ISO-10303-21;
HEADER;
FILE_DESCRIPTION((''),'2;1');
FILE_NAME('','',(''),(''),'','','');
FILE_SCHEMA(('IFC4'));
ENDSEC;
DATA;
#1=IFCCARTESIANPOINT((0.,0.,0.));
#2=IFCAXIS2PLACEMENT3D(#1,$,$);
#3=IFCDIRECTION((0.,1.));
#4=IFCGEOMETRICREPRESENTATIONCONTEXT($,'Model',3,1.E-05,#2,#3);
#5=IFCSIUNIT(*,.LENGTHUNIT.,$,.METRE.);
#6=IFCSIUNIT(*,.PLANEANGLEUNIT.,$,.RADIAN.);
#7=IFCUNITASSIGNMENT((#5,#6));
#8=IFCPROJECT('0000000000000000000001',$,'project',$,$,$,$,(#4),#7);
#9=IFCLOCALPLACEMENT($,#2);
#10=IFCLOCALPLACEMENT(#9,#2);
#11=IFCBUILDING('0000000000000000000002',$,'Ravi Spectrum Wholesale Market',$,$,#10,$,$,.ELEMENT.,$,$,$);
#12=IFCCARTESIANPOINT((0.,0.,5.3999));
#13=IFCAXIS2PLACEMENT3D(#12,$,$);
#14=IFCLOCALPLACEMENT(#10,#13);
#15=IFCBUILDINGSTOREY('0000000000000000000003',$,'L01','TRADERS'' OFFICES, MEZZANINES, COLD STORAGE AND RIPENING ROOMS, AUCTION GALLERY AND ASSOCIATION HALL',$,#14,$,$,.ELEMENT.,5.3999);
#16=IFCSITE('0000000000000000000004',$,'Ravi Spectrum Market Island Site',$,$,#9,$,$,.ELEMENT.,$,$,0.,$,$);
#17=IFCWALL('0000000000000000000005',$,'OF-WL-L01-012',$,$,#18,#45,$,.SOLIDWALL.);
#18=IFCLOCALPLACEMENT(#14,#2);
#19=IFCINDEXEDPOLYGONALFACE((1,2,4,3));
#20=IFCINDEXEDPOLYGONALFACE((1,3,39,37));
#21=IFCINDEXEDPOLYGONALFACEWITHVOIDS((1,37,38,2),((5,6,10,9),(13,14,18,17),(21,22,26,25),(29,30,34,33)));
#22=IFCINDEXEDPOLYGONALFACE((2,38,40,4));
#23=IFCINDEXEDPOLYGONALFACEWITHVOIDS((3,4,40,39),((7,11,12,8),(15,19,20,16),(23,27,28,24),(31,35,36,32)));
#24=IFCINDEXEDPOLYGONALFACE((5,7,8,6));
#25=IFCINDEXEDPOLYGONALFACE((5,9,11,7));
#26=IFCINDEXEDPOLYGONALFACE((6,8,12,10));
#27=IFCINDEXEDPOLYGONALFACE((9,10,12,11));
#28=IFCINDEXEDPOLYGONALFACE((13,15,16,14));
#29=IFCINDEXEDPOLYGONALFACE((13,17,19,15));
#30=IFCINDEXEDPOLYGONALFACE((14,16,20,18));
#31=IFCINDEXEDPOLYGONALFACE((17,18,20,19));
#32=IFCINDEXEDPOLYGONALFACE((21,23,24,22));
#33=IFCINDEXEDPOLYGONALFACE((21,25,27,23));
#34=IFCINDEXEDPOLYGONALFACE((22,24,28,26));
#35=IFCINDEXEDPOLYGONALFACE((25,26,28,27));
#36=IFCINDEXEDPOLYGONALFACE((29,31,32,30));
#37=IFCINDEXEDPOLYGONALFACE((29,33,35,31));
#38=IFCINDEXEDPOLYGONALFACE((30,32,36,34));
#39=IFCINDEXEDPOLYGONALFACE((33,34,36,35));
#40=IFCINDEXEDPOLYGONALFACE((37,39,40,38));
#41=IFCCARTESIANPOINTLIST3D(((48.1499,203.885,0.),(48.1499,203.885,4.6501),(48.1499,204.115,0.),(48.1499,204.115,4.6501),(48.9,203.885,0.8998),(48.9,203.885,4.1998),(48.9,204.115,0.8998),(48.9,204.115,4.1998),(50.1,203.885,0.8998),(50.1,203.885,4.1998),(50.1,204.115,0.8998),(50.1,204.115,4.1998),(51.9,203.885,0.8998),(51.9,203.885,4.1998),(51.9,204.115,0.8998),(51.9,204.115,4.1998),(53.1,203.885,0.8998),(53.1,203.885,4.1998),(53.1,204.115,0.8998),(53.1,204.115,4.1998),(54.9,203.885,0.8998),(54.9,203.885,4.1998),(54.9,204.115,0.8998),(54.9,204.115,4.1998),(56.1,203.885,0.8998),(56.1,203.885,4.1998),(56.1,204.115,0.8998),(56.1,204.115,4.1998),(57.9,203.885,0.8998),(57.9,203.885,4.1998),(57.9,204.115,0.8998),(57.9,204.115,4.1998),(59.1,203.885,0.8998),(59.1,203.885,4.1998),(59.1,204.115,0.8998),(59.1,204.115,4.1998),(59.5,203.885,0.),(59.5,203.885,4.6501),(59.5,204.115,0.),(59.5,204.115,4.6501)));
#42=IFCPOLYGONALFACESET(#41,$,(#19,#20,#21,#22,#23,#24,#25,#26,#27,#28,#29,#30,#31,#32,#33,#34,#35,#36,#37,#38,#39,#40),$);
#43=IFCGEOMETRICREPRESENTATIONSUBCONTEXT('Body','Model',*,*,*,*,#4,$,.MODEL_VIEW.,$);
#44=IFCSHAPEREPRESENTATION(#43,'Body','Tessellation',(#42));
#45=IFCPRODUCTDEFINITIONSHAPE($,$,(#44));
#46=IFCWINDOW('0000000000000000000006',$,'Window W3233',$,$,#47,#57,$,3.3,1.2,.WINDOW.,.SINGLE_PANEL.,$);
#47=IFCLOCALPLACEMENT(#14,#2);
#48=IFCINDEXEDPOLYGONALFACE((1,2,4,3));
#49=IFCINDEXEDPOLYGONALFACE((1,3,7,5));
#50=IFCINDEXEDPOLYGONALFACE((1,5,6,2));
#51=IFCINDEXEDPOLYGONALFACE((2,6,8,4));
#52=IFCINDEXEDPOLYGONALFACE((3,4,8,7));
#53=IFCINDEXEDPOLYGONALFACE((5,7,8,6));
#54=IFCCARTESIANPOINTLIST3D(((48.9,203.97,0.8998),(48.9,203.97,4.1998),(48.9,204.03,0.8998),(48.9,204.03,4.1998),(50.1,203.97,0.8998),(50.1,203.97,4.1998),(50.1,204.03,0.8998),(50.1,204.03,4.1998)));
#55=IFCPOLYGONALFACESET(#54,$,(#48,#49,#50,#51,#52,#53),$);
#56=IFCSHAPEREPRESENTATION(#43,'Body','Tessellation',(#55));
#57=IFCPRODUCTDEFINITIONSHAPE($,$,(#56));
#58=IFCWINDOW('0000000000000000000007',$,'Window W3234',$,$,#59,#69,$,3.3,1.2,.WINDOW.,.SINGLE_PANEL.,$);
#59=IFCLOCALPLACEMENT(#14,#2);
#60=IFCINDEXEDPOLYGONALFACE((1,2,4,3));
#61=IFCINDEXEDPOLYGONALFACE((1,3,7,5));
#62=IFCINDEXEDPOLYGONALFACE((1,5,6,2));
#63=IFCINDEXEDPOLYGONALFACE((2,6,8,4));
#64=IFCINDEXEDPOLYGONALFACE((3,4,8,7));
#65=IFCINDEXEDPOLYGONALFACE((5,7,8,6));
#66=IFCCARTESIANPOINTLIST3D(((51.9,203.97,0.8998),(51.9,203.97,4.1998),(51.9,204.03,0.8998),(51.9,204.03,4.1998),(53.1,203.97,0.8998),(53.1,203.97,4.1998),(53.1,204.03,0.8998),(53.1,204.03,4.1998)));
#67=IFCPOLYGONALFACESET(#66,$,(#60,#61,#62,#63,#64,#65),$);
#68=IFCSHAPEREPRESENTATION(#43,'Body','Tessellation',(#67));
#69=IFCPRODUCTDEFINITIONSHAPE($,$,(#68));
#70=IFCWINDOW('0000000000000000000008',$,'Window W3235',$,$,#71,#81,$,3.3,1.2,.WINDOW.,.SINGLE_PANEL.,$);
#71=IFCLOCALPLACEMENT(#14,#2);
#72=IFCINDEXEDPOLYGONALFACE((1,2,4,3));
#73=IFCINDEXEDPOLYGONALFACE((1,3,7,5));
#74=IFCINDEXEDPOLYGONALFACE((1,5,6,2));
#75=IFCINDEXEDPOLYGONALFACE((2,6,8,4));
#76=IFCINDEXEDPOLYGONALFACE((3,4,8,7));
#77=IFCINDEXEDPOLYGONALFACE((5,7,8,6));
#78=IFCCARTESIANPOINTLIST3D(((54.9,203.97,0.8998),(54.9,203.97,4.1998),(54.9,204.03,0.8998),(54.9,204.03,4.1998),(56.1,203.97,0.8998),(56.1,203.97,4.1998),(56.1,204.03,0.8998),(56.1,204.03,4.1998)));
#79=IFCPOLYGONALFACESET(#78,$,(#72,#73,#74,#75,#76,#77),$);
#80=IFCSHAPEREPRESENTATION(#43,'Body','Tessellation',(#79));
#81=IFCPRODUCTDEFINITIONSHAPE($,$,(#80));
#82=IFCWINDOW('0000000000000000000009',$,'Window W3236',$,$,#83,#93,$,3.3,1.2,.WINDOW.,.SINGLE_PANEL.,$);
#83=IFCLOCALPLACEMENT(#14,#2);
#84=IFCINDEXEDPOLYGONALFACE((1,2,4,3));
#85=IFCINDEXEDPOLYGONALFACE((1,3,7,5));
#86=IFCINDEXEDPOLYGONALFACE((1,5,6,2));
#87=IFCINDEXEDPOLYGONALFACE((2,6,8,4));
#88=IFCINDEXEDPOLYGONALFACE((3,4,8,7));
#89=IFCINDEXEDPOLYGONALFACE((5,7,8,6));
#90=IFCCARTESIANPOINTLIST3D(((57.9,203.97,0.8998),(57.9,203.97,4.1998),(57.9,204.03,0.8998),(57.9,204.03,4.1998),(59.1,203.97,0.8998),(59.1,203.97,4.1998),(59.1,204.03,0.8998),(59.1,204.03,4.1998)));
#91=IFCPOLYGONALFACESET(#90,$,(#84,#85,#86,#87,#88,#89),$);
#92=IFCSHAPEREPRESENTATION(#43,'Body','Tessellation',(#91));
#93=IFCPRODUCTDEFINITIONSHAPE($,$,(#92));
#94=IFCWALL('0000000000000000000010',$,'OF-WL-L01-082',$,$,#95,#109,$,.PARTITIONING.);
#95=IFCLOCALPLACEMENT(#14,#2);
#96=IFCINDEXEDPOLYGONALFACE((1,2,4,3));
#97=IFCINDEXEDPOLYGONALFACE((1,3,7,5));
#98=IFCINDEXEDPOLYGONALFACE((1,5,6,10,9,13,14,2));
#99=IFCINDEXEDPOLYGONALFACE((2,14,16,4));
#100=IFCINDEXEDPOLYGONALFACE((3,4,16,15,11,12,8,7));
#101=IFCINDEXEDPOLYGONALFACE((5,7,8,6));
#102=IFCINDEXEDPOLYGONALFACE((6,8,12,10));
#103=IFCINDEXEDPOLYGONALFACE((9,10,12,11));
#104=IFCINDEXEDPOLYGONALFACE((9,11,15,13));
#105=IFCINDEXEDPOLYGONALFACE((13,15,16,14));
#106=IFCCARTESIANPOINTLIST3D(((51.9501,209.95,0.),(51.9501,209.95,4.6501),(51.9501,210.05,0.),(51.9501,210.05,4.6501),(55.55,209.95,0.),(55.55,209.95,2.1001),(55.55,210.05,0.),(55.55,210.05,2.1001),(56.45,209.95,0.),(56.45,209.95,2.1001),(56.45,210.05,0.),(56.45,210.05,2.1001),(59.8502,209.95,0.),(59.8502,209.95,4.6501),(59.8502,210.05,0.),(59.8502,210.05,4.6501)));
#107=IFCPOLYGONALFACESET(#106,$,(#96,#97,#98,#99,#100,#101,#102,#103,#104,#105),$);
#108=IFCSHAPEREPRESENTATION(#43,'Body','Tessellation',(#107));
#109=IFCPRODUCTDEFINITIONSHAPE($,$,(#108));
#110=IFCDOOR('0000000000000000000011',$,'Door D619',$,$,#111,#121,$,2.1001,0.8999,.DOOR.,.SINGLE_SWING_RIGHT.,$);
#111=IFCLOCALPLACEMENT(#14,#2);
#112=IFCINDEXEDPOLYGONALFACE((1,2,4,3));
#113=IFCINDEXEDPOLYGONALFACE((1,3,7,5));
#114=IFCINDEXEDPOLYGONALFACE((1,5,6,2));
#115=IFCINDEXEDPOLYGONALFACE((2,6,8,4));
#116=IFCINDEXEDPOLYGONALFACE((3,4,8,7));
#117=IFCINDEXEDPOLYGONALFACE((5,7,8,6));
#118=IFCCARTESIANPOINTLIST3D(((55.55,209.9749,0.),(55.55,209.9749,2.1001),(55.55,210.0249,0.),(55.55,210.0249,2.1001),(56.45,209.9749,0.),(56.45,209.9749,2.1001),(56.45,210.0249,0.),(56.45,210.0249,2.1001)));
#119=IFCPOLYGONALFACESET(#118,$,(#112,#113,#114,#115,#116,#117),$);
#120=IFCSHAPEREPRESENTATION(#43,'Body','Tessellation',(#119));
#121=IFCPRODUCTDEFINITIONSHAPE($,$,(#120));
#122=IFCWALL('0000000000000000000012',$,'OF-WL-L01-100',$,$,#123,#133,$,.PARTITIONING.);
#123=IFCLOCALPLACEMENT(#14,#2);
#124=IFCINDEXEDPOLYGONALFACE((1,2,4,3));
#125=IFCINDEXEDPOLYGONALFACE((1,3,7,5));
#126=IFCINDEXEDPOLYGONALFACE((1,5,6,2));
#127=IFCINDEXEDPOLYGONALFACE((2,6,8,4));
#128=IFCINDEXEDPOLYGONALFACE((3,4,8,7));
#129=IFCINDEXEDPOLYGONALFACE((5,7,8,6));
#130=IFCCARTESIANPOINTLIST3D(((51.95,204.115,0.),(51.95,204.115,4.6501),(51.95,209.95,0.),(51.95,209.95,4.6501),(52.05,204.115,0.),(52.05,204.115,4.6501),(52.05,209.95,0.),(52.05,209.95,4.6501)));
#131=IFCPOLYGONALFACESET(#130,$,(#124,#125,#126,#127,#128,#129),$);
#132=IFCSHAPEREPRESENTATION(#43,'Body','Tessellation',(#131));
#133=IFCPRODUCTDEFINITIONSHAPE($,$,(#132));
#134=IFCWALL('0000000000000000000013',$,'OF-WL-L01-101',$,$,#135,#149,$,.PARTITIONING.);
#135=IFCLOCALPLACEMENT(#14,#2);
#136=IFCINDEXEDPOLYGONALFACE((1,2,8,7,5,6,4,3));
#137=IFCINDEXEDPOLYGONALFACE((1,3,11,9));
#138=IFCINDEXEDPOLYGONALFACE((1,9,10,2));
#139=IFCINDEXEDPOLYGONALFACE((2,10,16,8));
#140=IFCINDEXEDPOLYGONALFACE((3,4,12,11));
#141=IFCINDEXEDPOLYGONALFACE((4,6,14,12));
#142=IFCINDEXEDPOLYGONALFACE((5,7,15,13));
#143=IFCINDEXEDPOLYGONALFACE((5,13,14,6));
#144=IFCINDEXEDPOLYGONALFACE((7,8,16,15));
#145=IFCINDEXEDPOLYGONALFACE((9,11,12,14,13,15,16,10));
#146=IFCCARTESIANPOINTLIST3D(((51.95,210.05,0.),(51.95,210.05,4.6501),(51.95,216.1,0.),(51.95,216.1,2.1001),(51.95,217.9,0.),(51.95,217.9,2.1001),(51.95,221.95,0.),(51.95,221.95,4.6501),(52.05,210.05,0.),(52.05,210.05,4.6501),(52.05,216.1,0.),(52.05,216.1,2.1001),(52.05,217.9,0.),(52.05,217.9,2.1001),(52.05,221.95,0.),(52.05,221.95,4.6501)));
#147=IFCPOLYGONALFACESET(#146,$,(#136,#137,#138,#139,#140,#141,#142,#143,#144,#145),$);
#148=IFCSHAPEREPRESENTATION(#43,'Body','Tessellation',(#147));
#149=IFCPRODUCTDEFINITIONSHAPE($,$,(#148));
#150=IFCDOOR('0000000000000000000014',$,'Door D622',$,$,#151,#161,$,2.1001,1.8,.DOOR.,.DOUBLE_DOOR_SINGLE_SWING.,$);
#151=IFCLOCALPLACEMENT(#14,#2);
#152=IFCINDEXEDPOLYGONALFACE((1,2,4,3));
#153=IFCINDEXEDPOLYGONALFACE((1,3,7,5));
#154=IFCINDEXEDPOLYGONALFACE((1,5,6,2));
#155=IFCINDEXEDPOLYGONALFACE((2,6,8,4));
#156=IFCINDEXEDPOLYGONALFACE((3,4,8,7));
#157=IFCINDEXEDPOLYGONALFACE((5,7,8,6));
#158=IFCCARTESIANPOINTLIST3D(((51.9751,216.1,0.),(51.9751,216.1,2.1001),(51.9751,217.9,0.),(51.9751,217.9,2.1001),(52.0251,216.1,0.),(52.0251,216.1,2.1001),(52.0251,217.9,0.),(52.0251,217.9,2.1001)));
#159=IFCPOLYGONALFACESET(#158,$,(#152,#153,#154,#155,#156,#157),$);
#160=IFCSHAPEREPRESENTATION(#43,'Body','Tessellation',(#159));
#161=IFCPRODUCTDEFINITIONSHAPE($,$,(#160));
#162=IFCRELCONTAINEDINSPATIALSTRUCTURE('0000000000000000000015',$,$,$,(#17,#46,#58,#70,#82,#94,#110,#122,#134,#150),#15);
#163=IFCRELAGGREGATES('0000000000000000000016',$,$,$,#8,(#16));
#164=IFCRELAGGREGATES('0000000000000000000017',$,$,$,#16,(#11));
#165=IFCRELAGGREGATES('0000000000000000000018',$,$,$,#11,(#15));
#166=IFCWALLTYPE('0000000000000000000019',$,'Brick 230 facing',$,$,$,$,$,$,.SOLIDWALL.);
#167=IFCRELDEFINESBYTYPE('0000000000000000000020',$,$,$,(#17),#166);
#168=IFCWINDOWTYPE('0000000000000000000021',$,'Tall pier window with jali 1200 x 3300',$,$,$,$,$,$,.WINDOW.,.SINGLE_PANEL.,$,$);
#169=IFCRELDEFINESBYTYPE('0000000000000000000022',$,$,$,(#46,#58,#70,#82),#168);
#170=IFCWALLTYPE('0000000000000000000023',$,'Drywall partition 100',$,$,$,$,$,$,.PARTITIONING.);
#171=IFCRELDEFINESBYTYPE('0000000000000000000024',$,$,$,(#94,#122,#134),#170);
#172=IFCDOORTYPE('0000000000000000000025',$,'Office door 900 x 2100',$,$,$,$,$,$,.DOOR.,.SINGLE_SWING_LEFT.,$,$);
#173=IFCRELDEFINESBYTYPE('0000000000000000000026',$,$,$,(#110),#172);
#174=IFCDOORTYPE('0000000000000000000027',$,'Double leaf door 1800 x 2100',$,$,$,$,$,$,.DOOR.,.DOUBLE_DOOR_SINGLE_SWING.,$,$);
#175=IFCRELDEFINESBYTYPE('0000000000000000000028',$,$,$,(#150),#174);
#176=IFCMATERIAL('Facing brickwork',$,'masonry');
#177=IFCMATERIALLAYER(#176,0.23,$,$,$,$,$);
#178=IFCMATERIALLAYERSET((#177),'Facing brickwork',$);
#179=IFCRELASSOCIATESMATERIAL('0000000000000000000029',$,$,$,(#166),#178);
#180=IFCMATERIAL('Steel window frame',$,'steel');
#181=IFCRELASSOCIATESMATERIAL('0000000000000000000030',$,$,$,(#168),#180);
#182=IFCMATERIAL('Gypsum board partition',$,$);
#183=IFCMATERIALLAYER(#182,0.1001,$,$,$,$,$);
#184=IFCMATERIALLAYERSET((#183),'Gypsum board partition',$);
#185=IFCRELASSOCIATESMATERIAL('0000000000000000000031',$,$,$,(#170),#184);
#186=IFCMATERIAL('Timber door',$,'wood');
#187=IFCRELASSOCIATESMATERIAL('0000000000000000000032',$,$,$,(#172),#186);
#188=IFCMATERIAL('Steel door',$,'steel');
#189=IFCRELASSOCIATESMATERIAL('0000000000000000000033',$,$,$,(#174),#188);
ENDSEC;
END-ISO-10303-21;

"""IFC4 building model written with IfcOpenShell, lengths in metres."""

from ifc_helpers import new_model, si_unit, direction, frame, frame_2d, origin, place, context, subcontext, project, spatial, rectangle, extrude, material, layer, layer_set, type_object, element, fill, save


model = new_model("IFC4")

# Units and contexts
model_context = context("Model", 3, precision=1e-05, world=origin(), true_north=direction((0.0, 1.0)))
body_context = subcontext(model_context, "Body", "Model", "MODEL_VIEW")
ifc_project = project(units=[si_unit("LENGTHUNIT", "METRE"), si_unit("PLANEANGLEUNIT", "RADIAN")], contexts=[model_context])

# Site, building, storey
site_placement = place(None, origin())
site = spatial("IfcSite", under=ifc_project, at=site_placement, Name="Ravi Spectrum Market Island Site", CompositionType="ELEMENT", RefElevation=0.0)
building_placement = place(site_placement, origin())
building = spatial("IfcBuilding", under=site, at=building_placement, Name="Ravi Spectrum Wholesale Market", CompositionType="ELEMENT")
storey_placement = place(building_placement, frame((0.0, 0.0, 5.3999)))
storey = spatial("IfcBuildingStorey", under=building, at=storey_placement, Name="L01", Description="TRADERS' OFFICES, MEZZANINES, COLD STORAGE AND RIPENING ROOMS, AUCTION GALLERY AND ASSOCIATION HALL", CompositionType="ELEMENT", Elevation=5.3999)

# Wall, openings, windows
ifc_material_1 = material(Name="Facing brickwork", Category="masonry")
ifc_layer_1 = layer(ifc_material_1, 0.23)
ifc_layer_set_1 = layer_set([ifc_layer_1], Name="Facing brickwork")
wall_type_1 = type_object("IfcWallType", Name="Brick 230 facing", PredefinedType="SOLIDWALL", material=ifc_layer_set_1)
wall_1_placement = place(storey_placement, frame((48.1499, 204.0, 0.0), z_axis=(0.0, 0.0, 1.0), x_axis=(1.0, 0.0, 0.0)))
wall_1 = element("IfcWall", 1, at=wall_1_placement, inside=storey, type_object=wall_type_1, Name="OF-WL-L01-012", PredefinedType="SOLIDWALL", context=body_context, shape_type="SweptSolid", body=[
    extrude(rectangle(XDim=11.3501, YDim=0.23, at=frame_2d((5.675, 0.0))), origin(), (0.0, 0.0, 1.0), 4.6501),
])
opening_1_placement = place(wall_1_placement, frame((0.75, 0.0, 0.8999)))
opening_1 = element("IfcOpeningElement", 2, at=opening_1_placement, cuts=wall_1, PredefinedType="OPENING", context=body_context, shape_type="SweptSolid", body=[
    extrude(rectangle(XDim=1.2, YDim=3.3, at=frame_2d((0.6001, 1.6499))), frame((0.0, 0.125, 0.0), z_axis=(0.0, -1.0, 0.0), x_axis=(1.0, 0.0, 0.0)), (0.0, 0.0, 1.0), 0.25),
])
opening_2_placement = place(wall_1_placement, frame((3.75, 0.0, 0.8999)))
opening_2 = element("IfcOpeningElement", 3, at=opening_2_placement, cuts=wall_1, PredefinedType="OPENING", context=body_context, shape_type="SweptSolid", body=[
    extrude(rectangle(XDim=1.2, YDim=3.3, at=frame_2d((0.6001, 1.6499))), frame((0.0, 0.125, 0.0), z_axis=(0.0, -1.0, 0.0), x_axis=(1.0, 0.0, 0.0)), (0.0, 0.0, 1.0), 0.25),
])
opening_3_placement = place(wall_1_placement, frame((6.75, 0.0, 0.8999)))
opening_3 = element("IfcOpeningElement", 4, at=opening_3_placement, cuts=wall_1, PredefinedType="OPENING", context=body_context, shape_type="SweptSolid", body=[
    extrude(rectangle(XDim=1.2, YDim=3.3, at=frame_2d((0.6001, 1.6499))), frame((0.0, 0.125, 0.0), z_axis=(0.0, -1.0, 0.0), x_axis=(1.0, 0.0, 0.0)), (0.0, 0.0, 1.0), 0.25),
])
opening_4_placement = place(wall_1_placement, frame((9.75, 0.0, 0.8999)))
opening_4 = element("IfcOpeningElement", 5, at=opening_4_placement, cuts=wall_1, PredefinedType="OPENING", context=body_context, shape_type="SweptSolid", body=[
    extrude(rectangle(XDim=1.2, YDim=3.3, at=frame_2d((0.6001, 1.6499))), frame((0.0, 0.125, 0.0), z_axis=(0.0, -1.0, 0.0), x_axis=(1.0, 0.0, 0.0)), (0.0, 0.0, 1.0), 0.25),
])
ifc_material_2 = material(Name="Steel window frame", Category="steel")
window_type = type_object("IfcWindowType", Name="Tall pier window with jali 1200 x 3300", PartitioningType="SINGLE_PANEL", PredefinedType="WINDOW", material=ifc_material_2)
window_1_placement = place(opening_1_placement, origin())
window_1 = element("IfcWindow", 6, at=window_1_placement, inside=storey, type_object=window_type, Name="Window W3233", OverallHeight=3.3, OverallWidth=1.2, PartitioningType="SINGLE_PANEL", PredefinedType="WINDOW", context=body_context, shape_type="SweptSolid", body=[
    extrude(rectangle(XDim=1.2, YDim=3.3, at=frame_2d((0.6001, 1.6499))), frame((0.0, 0.03, 0.0), z_axis=(0.0, -1.0, 0.0), x_axis=(1.0, 0.0, 0.0)), (0.0, 0.0, 1.0), 0.0601),
])
fill(opening_1, window_1)
window_2_placement = place(opening_2_placement, origin())
window_2 = element("IfcWindow", 7, at=window_2_placement, inside=storey, type_object=window_type, Name="Window W3234", OverallHeight=3.3, OverallWidth=1.2, PartitioningType="SINGLE_PANEL", PredefinedType="WINDOW", context=body_context, shape_type="SweptSolid", body=[
    extrude(rectangle(XDim=1.2, YDim=3.3, at=frame_2d((0.6001, 1.6499))), frame((0.0, 0.03, 0.0), z_axis=(0.0, -1.0, 0.0), x_axis=(1.0, 0.0, 0.0)), (0.0, 0.0, 1.0), 0.0601),
])
fill(opening_2, window_2)
window_3_placement = place(opening_3_placement, origin())
window_3 = element("IfcWindow", 8, at=window_3_placement, inside=storey, type_object=window_type, Name="Window W3235", OverallHeight=3.3, OverallWidth=1.2, PartitioningType="SINGLE_PANEL", PredefinedType="WINDOW", context=body_context, shape_type="SweptSolid", body=[
    extrude(rectangle(XDim=1.2, YDim=3.3, at=frame_2d((0.6001, 1.6499))), frame((0.0, 0.03, 0.0), z_axis=(0.0, -1.0, 0.0), x_axis=(1.0, 0.0, 0.0)), (0.0, 0.0, 1.0), 0.0601),
])
fill(opening_3, window_3)
window_4_placement = place(opening_4_placement, origin())
window_4 = element("IfcWindow", 9, at=window_4_placement, inside=storey, type_object=window_type, Name="Window W3236", OverallHeight=3.3, OverallWidth=1.2, PartitioningType="SINGLE_PANEL", PredefinedType="WINDOW", context=body_context, shape_type="SweptSolid", body=[
    extrude(rectangle(XDim=1.2, YDim=3.3, at=frame_2d((0.6001, 1.6499))), frame((0.0, 0.03, 0.0), z_axis=(0.0, -1.0, 0.0), x_axis=(1.0, 0.0, 0.0)), (0.0, 0.0, 1.0), 0.0601),
])
fill(opening_4, window_4)

# Wall, opening, door
ifc_material_3 = material(Name="Gypsum board partition")
ifc_layer_2 = layer(ifc_material_3, 0.1001)
ifc_layer_set_2 = layer_set([ifc_layer_2], Name="Gypsum board partition")
wall_type_2 = type_object("IfcWallType", Name="Drywall partition 100", PredefinedType="PARTITIONING", material=ifc_layer_set_2)
wall_2_placement = place(storey_placement, frame((51.95, 210.0, 0.0), z_axis=(0.0, 0.0, 1.0), x_axis=(1.0, 0.0, 0.0)))
wall_2 = element("IfcWall", 10, at=wall_2_placement, inside=storey, type_object=wall_type_2, Name="OF-WL-L01-082", PredefinedType="PARTITIONING", context=body_context, shape_type="SweptSolid", body=[
    extrude(rectangle(XDim=7.9001, YDim=0.1001, at=frame_2d((3.9502, 0.0))), origin(), (0.0, 0.0, 1.0), 4.6501),
])
opening_5_placement = place(wall_2_placement, frame((3.6001, 0.0, 0.0)))
opening_5 = element("IfcOpeningElement", 11, at=opening_5_placement, cuts=wall_2, PredefinedType="OPENING", context=body_context, shape_type="SweptSolid", body=[
    extrude(rectangle(XDim=0.8999, YDim=2.1001, at=frame_2d((0.45, 1.05))), frame((0.0, 0.0601, 0.0), z_axis=(0.0, -1.0, 0.0), x_axis=(1.0, 0.0, 0.0)), (0.0, 0.0, 1.0), 0.1201),
])
ifc_material_4 = material(Name="Timber door", Category="wood")
door_type_1 = type_object("IfcDoorType", Name="Office door 900 x 2100", OperationType="SINGLE_SWING_LEFT", PredefinedType="DOOR", material=ifc_material_4)
door_1_placement = place(opening_5_placement, origin())
door_1 = element("IfcDoor", 12, at=door_1_placement, inside=storey, type_object=door_type_1, Name="Door D619", OperationType="SINGLE_SWING_RIGHT", OverallHeight=2.1001, OverallWidth=0.8999, PredefinedType="DOOR", context=body_context, shape_type="SweptSolid", body=[
    extrude(rectangle(XDim=0.8999, YDim=2.1001, at=frame_2d((0.45, 1.05))), frame((0.0, 0.0249, 0.0), z_axis=(0.0, -1.0, 0.0), x_axis=(1.0, 0.0, 0.0)), (0.0, 0.0, 1.0), 0.05),
])
fill(opening_5, door_1)

# Wall
wall_3_placement = place(storey_placement, frame((52.0, 204.115, 0.0), z_axis=(0.0, 0.0, 1.0), x_axis=(0.0, 1.0, 0.0)))
element("IfcWall", 13, at=wall_3_placement, inside=storey, type_object=wall_type_2, Name="OF-WL-L01-100", PredefinedType="PARTITIONING", context=body_context, shape_type="SweptSolid", body=[
    extrude(rectangle(XDim=5.835, YDim=0.1001, at=frame_2d((2.9175, 0.0))), origin(), (0.0, 0.0, 1.0), 4.6501),
])

# Wall, opening, door
wall_4_placement = place(storey_placement, frame((52.0, 210.05, 0.0), z_axis=(0.0, 0.0, 1.0), x_axis=(0.0, 1.0, 0.0)))
wall_4 = element("IfcWall", 14, at=wall_4_placement, inside=storey, type_object=wall_type_2, Name="OF-WL-L01-101", PredefinedType="PARTITIONING", context=body_context, shape_type="SweptSolid", body=[
    extrude(rectangle(XDim=11.8999, YDim=0.1001, at=frame_2d((5.95, 0.0))), origin(), (0.0, 0.0, 1.0), 4.6501),
])
opening_6_placement = place(wall_4_placement, frame((6.05, 0.0, 0.0)))
opening_6 = element("IfcOpeningElement", 15, at=opening_6_placement, cuts=wall_4, PredefinedType="OPENING", context=body_context, shape_type="SweptSolid", body=[
    extrude(rectangle(XDim=1.8, YDim=2.1001, at=frame_2d((0.8999, 1.05))), frame((0.0, 0.0601, 0.0), z_axis=(0.0, -1.0, 0.0), x_axis=(1.0, 0.0, 0.0)), (0.0, 0.0, 1.0), 0.1201),
])
ifc_material_5 = material(Name="Steel door", Category="steel")
door_type_2 = type_object("IfcDoorType", Name="Double leaf door 1800 x 2100", OperationType="DOUBLE_DOOR_SINGLE_SWING", PredefinedType="DOOR", material=ifc_material_5)
door_2_placement = place(opening_6_placement, origin())
door_2 = element("IfcDoor", 16, at=door_2_placement, inside=storey, type_object=door_type_2, Name="Door D622", OperationType="DOUBLE_DOOR_SINGLE_SWING", OverallHeight=2.1001, OverallWidth=1.8, PredefinedType="DOOR", context=body_context, shape_type="SweptSolid", body=[
    extrude(rectangle(XDim=1.8, YDim=2.1001, at=frame_2d((0.8999, 1.05))), frame((0.0, 0.0249, 0.0), z_axis=(0.0, -1.0, 0.0), x_axis=(1.0, 0.0, 0.0)), (0.0, 0.0, 1.0), 0.05),
])
fill(opening_6, door_2)

save(model, "model.ifc")
